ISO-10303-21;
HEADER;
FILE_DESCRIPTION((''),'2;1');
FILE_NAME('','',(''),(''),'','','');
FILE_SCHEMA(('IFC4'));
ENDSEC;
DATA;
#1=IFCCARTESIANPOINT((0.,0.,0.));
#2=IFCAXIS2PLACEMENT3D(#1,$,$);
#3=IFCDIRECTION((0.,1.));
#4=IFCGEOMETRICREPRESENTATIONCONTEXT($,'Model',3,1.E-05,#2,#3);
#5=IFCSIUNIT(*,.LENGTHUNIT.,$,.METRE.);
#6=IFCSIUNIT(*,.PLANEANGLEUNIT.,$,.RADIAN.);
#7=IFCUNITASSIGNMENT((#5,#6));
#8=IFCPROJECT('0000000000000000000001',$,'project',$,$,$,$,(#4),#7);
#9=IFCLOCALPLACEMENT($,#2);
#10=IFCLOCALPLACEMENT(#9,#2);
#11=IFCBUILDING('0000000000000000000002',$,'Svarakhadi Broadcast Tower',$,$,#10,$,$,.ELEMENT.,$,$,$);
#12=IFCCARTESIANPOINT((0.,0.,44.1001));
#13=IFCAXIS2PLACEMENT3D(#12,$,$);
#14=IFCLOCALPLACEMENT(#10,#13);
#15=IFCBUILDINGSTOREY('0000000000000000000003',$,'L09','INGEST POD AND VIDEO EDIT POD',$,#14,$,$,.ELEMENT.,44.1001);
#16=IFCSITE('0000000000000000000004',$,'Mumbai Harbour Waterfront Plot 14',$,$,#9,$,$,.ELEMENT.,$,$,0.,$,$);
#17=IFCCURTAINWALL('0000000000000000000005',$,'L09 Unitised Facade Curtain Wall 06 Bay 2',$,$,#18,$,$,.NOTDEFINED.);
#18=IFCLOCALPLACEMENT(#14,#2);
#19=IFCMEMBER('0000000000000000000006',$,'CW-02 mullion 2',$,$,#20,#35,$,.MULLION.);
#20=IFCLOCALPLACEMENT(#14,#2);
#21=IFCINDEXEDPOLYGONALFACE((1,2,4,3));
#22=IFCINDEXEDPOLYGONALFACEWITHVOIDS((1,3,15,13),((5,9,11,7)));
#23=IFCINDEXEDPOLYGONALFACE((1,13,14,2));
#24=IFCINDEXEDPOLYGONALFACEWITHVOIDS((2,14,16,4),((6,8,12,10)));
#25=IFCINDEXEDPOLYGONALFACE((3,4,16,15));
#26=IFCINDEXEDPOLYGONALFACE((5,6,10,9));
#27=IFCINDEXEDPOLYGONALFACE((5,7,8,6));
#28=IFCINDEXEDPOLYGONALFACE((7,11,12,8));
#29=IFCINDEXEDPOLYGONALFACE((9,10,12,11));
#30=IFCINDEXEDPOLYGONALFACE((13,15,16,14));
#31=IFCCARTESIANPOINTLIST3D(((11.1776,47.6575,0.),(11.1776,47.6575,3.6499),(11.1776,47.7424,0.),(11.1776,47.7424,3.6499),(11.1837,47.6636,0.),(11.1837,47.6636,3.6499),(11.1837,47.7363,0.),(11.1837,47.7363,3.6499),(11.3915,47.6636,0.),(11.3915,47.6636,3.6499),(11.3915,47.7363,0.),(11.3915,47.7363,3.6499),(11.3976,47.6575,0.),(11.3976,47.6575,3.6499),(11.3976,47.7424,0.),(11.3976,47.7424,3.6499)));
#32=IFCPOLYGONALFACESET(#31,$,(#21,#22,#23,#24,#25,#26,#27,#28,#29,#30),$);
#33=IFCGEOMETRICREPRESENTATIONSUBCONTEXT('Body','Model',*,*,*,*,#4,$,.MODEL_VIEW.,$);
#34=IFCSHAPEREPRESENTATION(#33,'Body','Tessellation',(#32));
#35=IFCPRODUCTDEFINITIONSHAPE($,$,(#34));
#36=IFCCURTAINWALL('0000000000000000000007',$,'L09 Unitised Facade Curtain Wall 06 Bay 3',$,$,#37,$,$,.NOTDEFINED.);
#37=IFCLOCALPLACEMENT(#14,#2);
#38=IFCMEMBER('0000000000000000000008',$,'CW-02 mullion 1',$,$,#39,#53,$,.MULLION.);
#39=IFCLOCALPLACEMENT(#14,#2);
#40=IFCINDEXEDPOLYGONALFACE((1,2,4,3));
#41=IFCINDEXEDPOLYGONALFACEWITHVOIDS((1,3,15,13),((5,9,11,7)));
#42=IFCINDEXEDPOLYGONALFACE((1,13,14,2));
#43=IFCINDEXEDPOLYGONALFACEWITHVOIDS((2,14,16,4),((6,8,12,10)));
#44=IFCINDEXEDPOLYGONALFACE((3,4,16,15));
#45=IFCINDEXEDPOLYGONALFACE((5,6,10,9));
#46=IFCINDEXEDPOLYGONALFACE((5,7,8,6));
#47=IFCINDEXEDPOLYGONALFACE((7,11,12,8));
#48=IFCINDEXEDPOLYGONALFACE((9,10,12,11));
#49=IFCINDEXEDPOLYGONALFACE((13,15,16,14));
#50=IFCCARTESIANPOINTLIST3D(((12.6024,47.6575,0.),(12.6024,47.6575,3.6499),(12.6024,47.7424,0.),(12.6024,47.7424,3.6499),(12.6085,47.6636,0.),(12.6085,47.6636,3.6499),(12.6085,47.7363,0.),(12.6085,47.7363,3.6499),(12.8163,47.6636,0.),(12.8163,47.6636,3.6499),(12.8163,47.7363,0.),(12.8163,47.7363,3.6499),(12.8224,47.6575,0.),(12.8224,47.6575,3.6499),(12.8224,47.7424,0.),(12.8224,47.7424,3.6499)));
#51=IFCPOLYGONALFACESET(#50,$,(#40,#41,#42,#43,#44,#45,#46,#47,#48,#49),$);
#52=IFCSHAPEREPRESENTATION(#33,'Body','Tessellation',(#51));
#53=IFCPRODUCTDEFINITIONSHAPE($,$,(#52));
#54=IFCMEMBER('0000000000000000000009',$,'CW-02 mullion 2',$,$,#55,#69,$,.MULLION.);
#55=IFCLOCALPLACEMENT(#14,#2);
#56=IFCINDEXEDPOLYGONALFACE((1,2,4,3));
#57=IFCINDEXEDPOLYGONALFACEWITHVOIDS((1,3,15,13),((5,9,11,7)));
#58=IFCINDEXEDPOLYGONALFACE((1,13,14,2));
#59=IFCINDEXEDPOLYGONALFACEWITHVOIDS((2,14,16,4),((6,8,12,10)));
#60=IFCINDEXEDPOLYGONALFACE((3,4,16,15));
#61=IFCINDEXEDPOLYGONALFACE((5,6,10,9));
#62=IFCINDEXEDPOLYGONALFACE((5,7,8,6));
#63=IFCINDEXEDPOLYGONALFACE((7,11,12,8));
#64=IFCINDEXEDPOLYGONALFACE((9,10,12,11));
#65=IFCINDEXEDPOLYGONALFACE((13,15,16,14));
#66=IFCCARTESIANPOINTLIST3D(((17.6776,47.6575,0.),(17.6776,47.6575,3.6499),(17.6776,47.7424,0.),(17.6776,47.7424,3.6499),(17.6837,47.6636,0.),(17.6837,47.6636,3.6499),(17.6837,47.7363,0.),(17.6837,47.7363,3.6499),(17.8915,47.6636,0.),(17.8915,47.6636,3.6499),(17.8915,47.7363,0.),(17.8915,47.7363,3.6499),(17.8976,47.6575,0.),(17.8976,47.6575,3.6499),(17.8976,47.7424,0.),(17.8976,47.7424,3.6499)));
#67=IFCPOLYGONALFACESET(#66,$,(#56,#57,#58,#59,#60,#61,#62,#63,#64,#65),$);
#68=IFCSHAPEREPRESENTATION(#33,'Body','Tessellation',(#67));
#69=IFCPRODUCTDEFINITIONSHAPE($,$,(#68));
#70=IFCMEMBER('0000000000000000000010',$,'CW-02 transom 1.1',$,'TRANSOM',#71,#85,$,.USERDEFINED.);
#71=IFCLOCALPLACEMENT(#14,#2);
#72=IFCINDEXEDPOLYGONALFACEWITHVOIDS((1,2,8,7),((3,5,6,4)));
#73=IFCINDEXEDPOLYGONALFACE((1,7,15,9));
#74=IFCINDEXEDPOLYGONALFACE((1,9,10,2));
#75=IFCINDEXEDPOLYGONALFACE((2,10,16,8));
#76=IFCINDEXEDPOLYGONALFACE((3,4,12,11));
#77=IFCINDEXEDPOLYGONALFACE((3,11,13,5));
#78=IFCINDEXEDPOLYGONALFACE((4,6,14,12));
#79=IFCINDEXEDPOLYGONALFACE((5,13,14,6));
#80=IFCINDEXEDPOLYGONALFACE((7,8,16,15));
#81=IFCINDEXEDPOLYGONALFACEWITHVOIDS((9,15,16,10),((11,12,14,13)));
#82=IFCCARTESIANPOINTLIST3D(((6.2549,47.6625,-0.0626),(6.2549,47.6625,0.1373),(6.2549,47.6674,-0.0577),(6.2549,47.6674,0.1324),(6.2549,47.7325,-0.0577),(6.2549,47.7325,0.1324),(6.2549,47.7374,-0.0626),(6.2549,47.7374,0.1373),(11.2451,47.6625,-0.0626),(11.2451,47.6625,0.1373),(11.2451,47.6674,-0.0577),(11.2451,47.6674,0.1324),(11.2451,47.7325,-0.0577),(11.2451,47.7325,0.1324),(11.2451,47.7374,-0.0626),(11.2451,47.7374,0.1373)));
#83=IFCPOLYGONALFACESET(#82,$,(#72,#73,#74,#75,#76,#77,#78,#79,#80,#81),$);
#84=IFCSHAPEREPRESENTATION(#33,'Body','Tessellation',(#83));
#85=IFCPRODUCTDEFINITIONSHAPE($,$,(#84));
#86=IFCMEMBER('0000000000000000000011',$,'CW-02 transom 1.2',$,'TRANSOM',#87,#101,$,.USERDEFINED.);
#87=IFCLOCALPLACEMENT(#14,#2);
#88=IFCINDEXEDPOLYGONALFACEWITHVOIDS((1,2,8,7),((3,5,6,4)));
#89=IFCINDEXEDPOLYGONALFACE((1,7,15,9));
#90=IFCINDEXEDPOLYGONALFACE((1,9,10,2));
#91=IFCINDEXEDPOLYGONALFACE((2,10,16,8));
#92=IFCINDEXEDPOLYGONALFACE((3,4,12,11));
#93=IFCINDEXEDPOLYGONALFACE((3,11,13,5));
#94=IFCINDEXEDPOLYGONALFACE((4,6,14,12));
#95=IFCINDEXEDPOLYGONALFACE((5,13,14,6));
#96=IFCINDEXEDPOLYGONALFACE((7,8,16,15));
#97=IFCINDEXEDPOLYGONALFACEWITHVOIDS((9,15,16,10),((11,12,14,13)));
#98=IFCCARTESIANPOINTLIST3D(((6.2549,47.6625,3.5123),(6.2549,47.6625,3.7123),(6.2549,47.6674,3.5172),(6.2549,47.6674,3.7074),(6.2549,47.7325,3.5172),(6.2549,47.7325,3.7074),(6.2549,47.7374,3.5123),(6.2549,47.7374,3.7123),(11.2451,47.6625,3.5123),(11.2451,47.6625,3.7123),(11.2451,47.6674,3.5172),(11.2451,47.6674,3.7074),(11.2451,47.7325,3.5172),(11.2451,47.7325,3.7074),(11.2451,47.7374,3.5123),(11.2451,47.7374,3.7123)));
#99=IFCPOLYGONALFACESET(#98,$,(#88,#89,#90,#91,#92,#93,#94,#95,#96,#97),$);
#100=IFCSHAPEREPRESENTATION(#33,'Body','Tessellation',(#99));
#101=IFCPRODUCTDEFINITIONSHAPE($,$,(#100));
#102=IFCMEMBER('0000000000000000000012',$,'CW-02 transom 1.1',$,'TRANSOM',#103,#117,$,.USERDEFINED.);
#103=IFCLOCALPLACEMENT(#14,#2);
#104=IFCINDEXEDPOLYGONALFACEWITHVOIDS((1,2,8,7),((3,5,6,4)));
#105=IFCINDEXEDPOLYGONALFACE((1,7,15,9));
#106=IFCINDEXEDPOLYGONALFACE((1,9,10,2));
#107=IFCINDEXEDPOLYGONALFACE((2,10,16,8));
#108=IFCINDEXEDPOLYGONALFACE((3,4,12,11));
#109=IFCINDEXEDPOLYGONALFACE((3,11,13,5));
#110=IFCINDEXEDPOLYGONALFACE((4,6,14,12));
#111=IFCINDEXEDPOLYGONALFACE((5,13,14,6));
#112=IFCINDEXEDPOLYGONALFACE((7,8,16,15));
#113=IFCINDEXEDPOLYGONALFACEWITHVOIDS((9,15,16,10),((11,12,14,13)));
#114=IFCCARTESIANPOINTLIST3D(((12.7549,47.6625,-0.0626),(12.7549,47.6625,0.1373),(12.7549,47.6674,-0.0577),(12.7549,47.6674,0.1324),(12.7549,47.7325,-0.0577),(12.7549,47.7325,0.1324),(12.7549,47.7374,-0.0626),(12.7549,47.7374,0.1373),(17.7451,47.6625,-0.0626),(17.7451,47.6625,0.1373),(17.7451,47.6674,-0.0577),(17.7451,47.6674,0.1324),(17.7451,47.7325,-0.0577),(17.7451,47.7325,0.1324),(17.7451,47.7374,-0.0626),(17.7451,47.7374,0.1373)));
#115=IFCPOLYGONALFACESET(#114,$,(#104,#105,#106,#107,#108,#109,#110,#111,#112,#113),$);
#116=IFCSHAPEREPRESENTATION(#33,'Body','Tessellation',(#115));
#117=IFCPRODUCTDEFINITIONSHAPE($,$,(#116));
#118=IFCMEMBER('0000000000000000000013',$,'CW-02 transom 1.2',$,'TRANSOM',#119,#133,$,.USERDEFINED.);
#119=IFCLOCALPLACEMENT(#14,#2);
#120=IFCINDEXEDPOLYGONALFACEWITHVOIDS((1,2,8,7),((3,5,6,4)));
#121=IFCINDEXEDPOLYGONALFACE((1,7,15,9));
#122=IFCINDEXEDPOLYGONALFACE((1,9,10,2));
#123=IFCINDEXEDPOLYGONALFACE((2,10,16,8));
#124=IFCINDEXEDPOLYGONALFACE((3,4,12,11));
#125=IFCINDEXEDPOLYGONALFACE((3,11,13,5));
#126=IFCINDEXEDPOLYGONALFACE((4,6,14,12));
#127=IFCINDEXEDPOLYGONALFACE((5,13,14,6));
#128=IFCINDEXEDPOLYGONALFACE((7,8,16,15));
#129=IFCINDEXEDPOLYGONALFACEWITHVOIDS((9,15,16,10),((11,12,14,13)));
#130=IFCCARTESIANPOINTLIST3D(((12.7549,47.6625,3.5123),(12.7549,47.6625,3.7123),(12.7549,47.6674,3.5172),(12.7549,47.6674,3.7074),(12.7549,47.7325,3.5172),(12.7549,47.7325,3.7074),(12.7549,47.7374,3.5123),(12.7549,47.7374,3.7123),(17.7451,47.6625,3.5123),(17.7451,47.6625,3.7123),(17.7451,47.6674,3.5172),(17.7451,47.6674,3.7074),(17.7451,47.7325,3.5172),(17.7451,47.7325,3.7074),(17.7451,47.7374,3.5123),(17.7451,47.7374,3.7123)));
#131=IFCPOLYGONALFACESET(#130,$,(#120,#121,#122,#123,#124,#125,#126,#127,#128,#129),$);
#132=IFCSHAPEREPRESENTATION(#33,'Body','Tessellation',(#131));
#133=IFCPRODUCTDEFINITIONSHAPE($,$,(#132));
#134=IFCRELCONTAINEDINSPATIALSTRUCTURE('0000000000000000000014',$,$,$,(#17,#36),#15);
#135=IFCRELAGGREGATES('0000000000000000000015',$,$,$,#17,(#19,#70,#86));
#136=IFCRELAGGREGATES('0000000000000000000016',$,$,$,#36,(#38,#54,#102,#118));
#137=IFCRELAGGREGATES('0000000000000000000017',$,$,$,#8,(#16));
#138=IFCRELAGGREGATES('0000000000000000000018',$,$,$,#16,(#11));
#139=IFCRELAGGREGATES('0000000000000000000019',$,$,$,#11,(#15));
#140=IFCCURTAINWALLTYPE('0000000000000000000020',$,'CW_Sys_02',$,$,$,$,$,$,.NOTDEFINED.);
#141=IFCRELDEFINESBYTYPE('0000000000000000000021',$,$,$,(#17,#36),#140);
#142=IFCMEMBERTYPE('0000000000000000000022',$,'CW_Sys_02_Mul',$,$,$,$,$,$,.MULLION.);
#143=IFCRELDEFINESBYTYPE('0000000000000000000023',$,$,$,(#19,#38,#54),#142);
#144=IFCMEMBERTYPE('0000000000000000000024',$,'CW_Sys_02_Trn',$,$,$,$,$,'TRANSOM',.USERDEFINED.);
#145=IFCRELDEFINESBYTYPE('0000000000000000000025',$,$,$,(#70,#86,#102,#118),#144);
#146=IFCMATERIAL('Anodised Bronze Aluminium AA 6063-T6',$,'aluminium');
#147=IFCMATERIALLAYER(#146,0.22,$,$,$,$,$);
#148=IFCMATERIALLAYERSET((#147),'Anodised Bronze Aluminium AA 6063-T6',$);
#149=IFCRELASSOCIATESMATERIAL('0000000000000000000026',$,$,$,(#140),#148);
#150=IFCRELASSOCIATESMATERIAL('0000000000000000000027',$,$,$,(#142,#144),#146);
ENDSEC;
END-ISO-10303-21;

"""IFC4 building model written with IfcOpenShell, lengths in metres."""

from ifc_helpers import new_model, si_unit, direction, frame, origin, origin_2d, place, context, subcontext, project, spatial, hollow_rectangle, extrude, material, layer, layer_set, material_profile, profile_set, type_object, element, aggregate, save


model = new_model("IFC4")

# Units and contexts
model_context = context("Model", 3, precision=1e-05, world=origin(), true_north=direction((0.0, 1.0)))
body_context = subcontext(model_context, "Body", "Model", "MODEL_VIEW")
ifc_project = project(units=[si_unit("LENGTHUNIT", "METRE"), si_unit("PLANEANGLEUNIT", "RADIAN")], contexts=[model_context])

# Site, building, storey
site_placement = place(None, origin())
site = spatial("IfcSite", under=ifc_project, at=site_placement, Name="Mumbai Harbour Waterfront Plot 14", CompositionType="ELEMENT", RefElevation=0.0)
building_placement = place(site_placement, origin())
building = spatial("IfcBuilding", under=site, at=building_placement, Name="Svarakhadi Broadcast Tower", CompositionType="ELEMENT")
storey_placement = place(building_placement, frame((0.0, 0.0, 44.1001)))
storey = spatial("IfcBuildingStorey", under=building, at=storey_placement, Name="L09", Description="INGEST POD AND VIDEO EDIT POD", CompositionType="ELEMENT", Elevation=44.1001)

# Curtain walls, members
ifc_material_1 = material(Name="Anodised Bronze Aluminium AA 6063-T6", Category="aluminium")
ifc_layer_1 = layer(ifc_material_1, 0.22)
ifc_layer_set_1 = layer_set([ifc_layer_1], Name="Anodised Bronze Aluminium AA 6063-T6")
curtain_wall_type = type_object("IfcCurtainWallType", Name="CW_Sys_02", PredefinedType="NOTDEFINED", material=ifc_layer_set_1)
curtain_wall_1_placement = place(storey_placement, origin())
curtain_wall_1 = element("IfcCurtainWall", 1, at=curtain_wall_1_placement, inside=storey, type_object=curtain_wall_type, Name="L09 Unitised Facade Curtain Wall 06 Bay 2", PredefinedType="NOTDEFINED")
ifc_material_profile_1 = material_profile(ifc_material_1, hollow_rectangle(XDim=0.085, YDim=0.22, WallThickness=0.0061, at=origin_2d()), Name="ALU MULLION 220x85x6")
ifc_profile_set_1 = profile_set([ifc_material_profile_1], Name="Anodised Bronze Aluminium AA 6063-T6")
member_type_1 = type_object("IfcMemberType", Name="CW_Sys_02_Mul", PredefinedType="MULLION", material=ifc_profile_set_1)
member_1_placement = place(storey_placement, frame((11.2876, 47.7, 0.0), z_axis=(0.0, 0.0, 1.0), x_axis=(0.0, 1.0, 0.0)))
member_1 = element("IfcMember", 2, at=member_1_placement, type_object=member_type_1, Name="CW-02 mullion 2", PredefinedType="MULLION", context=body_context, shape_type="SweptSolid", body=[
    extrude(hollow_rectangle(XDim=0.085, YDim=0.22, WallThickness=0.0061, at=origin_2d()), origin(), (0.0, 0.0, 1.0), 3.6499),
])
curtain_wall_2_placement = place(storey_placement, origin())
curtain_wall_2 = element("IfcCurtainWall", 3, at=curtain_wall_2_placement, inside=storey, type_object=curtain_wall_type, Name="L09 Unitised Facade Curtain Wall 06 Bay 3", PredefinedType="NOTDEFINED")
member_2_placement = place(storey_placement, frame((12.7124, 47.7, 0.0), z_axis=(0.0, 0.0, 1.0), x_axis=(0.0, 1.0, 0.0)))
member_2 = element("IfcMember", 4, at=member_2_placement, type_object=member_type_1, Name="CW-02 mullion 1", PredefinedType="MULLION", context=body_context, shape_type="SweptSolid", body=[
    extrude(hollow_rectangle(XDim=0.085, YDim=0.22, WallThickness=0.0061, at=origin_2d()), origin(), (0.0, 0.0, 1.0), 3.6499),
])
member_3_placement = place(storey_placement, frame((17.7876, 47.7, 0.0), z_axis=(0.0, 0.0, 1.0), x_axis=(0.0, 1.0, 0.0)))
member_3 = element("IfcMember", 5, at=member_3_placement, type_object=member_type_1, Name="CW-02 mullion 2", PredefinedType="MULLION", context=body_context, shape_type="SweptSolid", body=[
    extrude(hollow_rectangle(XDim=0.085, YDim=0.22, WallThickness=0.0061, at=origin_2d()), origin(), (0.0, 0.0, 1.0), 3.6499),
])

# Members
ifc_material_profile_2 = material_profile(ifc_material_1, hollow_rectangle(XDim=0.075, YDim=0.2, WallThickness=0.0049, at=origin_2d()), Name="ALU TRANSOM 200x75x5")
ifc_profile_set_2 = profile_set([ifc_material_profile_2], Name="Anodised Bronze Aluminium AA 6063-T6")
member_type_2 = type_object("IfcMemberType", Name="CW_Sys_02_Trn", ElementType="TRANSOM", PredefinedType="USERDEFINED", material=ifc_profile_set_2)
member_4_placement = place(storey_placement, frame((6.2549, 47.7, 0.0374), z_axis=(1.0, 0.0, 0.0), x_axis=(0.0, 1.0, 0.0)))
member_4 = element("IfcMember", 6, at=member_4_placement, type_object=member_type_2, Name="CW-02 transom 1.1", ObjectType="TRANSOM", PredefinedType="USERDEFINED", context=body_context, shape_type="SweptSolid", body=[
    extrude(hollow_rectangle(XDim=0.075, YDim=0.2, WallThickness=0.0049, at=origin_2d()), origin(), (0.0, 0.0, 1.0), 4.9902),
])
member_5_placement = place(storey_placement, frame((6.2549, 47.7, 3.6123), z_axis=(1.0, 0.0, 0.0), x_axis=(0.0, 1.0, 0.0)))
member_5 = element("IfcMember", 7, at=member_5_placement, type_object=member_type_2, Name="CW-02 transom 1.2", ObjectType="TRANSOM", PredefinedType="USERDEFINED", context=body_context, shape_type="SweptSolid", body=[
    extrude(hollow_rectangle(XDim=0.075, YDim=0.2, WallThickness=0.0049, at=origin_2d()), origin(), (0.0, 0.0, 1.0), 4.9902),
])
member_6_placement = place(storey_placement, frame((12.7549, 47.7, 0.0374), z_axis=(1.0, 0.0, 0.0), x_axis=(0.0, 1.0, 0.0)))
member_6 = element("IfcMember", 8, at=member_6_placement, type_object=member_type_2, Name="CW-02 transom 1.1", ObjectType="TRANSOM", PredefinedType="USERDEFINED", context=body_context, shape_type="SweptSolid", body=[
    extrude(hollow_rectangle(XDim=0.075, YDim=0.2, WallThickness=0.0049, at=origin_2d()), origin(), (0.0, 0.0, 1.0), 4.9902),
])
member_7_placement = place(storey_placement, frame((12.7549, 47.7, 3.6123), z_axis=(1.0, 0.0, 0.0), x_axis=(0.0, 1.0, 0.0)))
member_7 = element("IfcMember", 9, at=member_7_placement, type_object=member_type_2, Name="CW-02 transom 1.2", ObjectType="TRANSOM", PredefinedType="USERDEFINED", context=body_context, shape_type="SweptSolid", body=[
    extrude(hollow_rectangle(XDim=0.075, YDim=0.2, WallThickness=0.0049, at=origin_2d()), origin(), (0.0, 0.0, 1.0), 4.9902),
])

aggregate(curtain_wall_1, [member_1, member_4, member_5])
aggregate(curtain_wall_2, [member_2, member_3, member_6, member_7])

save(model, "model.ifc")
